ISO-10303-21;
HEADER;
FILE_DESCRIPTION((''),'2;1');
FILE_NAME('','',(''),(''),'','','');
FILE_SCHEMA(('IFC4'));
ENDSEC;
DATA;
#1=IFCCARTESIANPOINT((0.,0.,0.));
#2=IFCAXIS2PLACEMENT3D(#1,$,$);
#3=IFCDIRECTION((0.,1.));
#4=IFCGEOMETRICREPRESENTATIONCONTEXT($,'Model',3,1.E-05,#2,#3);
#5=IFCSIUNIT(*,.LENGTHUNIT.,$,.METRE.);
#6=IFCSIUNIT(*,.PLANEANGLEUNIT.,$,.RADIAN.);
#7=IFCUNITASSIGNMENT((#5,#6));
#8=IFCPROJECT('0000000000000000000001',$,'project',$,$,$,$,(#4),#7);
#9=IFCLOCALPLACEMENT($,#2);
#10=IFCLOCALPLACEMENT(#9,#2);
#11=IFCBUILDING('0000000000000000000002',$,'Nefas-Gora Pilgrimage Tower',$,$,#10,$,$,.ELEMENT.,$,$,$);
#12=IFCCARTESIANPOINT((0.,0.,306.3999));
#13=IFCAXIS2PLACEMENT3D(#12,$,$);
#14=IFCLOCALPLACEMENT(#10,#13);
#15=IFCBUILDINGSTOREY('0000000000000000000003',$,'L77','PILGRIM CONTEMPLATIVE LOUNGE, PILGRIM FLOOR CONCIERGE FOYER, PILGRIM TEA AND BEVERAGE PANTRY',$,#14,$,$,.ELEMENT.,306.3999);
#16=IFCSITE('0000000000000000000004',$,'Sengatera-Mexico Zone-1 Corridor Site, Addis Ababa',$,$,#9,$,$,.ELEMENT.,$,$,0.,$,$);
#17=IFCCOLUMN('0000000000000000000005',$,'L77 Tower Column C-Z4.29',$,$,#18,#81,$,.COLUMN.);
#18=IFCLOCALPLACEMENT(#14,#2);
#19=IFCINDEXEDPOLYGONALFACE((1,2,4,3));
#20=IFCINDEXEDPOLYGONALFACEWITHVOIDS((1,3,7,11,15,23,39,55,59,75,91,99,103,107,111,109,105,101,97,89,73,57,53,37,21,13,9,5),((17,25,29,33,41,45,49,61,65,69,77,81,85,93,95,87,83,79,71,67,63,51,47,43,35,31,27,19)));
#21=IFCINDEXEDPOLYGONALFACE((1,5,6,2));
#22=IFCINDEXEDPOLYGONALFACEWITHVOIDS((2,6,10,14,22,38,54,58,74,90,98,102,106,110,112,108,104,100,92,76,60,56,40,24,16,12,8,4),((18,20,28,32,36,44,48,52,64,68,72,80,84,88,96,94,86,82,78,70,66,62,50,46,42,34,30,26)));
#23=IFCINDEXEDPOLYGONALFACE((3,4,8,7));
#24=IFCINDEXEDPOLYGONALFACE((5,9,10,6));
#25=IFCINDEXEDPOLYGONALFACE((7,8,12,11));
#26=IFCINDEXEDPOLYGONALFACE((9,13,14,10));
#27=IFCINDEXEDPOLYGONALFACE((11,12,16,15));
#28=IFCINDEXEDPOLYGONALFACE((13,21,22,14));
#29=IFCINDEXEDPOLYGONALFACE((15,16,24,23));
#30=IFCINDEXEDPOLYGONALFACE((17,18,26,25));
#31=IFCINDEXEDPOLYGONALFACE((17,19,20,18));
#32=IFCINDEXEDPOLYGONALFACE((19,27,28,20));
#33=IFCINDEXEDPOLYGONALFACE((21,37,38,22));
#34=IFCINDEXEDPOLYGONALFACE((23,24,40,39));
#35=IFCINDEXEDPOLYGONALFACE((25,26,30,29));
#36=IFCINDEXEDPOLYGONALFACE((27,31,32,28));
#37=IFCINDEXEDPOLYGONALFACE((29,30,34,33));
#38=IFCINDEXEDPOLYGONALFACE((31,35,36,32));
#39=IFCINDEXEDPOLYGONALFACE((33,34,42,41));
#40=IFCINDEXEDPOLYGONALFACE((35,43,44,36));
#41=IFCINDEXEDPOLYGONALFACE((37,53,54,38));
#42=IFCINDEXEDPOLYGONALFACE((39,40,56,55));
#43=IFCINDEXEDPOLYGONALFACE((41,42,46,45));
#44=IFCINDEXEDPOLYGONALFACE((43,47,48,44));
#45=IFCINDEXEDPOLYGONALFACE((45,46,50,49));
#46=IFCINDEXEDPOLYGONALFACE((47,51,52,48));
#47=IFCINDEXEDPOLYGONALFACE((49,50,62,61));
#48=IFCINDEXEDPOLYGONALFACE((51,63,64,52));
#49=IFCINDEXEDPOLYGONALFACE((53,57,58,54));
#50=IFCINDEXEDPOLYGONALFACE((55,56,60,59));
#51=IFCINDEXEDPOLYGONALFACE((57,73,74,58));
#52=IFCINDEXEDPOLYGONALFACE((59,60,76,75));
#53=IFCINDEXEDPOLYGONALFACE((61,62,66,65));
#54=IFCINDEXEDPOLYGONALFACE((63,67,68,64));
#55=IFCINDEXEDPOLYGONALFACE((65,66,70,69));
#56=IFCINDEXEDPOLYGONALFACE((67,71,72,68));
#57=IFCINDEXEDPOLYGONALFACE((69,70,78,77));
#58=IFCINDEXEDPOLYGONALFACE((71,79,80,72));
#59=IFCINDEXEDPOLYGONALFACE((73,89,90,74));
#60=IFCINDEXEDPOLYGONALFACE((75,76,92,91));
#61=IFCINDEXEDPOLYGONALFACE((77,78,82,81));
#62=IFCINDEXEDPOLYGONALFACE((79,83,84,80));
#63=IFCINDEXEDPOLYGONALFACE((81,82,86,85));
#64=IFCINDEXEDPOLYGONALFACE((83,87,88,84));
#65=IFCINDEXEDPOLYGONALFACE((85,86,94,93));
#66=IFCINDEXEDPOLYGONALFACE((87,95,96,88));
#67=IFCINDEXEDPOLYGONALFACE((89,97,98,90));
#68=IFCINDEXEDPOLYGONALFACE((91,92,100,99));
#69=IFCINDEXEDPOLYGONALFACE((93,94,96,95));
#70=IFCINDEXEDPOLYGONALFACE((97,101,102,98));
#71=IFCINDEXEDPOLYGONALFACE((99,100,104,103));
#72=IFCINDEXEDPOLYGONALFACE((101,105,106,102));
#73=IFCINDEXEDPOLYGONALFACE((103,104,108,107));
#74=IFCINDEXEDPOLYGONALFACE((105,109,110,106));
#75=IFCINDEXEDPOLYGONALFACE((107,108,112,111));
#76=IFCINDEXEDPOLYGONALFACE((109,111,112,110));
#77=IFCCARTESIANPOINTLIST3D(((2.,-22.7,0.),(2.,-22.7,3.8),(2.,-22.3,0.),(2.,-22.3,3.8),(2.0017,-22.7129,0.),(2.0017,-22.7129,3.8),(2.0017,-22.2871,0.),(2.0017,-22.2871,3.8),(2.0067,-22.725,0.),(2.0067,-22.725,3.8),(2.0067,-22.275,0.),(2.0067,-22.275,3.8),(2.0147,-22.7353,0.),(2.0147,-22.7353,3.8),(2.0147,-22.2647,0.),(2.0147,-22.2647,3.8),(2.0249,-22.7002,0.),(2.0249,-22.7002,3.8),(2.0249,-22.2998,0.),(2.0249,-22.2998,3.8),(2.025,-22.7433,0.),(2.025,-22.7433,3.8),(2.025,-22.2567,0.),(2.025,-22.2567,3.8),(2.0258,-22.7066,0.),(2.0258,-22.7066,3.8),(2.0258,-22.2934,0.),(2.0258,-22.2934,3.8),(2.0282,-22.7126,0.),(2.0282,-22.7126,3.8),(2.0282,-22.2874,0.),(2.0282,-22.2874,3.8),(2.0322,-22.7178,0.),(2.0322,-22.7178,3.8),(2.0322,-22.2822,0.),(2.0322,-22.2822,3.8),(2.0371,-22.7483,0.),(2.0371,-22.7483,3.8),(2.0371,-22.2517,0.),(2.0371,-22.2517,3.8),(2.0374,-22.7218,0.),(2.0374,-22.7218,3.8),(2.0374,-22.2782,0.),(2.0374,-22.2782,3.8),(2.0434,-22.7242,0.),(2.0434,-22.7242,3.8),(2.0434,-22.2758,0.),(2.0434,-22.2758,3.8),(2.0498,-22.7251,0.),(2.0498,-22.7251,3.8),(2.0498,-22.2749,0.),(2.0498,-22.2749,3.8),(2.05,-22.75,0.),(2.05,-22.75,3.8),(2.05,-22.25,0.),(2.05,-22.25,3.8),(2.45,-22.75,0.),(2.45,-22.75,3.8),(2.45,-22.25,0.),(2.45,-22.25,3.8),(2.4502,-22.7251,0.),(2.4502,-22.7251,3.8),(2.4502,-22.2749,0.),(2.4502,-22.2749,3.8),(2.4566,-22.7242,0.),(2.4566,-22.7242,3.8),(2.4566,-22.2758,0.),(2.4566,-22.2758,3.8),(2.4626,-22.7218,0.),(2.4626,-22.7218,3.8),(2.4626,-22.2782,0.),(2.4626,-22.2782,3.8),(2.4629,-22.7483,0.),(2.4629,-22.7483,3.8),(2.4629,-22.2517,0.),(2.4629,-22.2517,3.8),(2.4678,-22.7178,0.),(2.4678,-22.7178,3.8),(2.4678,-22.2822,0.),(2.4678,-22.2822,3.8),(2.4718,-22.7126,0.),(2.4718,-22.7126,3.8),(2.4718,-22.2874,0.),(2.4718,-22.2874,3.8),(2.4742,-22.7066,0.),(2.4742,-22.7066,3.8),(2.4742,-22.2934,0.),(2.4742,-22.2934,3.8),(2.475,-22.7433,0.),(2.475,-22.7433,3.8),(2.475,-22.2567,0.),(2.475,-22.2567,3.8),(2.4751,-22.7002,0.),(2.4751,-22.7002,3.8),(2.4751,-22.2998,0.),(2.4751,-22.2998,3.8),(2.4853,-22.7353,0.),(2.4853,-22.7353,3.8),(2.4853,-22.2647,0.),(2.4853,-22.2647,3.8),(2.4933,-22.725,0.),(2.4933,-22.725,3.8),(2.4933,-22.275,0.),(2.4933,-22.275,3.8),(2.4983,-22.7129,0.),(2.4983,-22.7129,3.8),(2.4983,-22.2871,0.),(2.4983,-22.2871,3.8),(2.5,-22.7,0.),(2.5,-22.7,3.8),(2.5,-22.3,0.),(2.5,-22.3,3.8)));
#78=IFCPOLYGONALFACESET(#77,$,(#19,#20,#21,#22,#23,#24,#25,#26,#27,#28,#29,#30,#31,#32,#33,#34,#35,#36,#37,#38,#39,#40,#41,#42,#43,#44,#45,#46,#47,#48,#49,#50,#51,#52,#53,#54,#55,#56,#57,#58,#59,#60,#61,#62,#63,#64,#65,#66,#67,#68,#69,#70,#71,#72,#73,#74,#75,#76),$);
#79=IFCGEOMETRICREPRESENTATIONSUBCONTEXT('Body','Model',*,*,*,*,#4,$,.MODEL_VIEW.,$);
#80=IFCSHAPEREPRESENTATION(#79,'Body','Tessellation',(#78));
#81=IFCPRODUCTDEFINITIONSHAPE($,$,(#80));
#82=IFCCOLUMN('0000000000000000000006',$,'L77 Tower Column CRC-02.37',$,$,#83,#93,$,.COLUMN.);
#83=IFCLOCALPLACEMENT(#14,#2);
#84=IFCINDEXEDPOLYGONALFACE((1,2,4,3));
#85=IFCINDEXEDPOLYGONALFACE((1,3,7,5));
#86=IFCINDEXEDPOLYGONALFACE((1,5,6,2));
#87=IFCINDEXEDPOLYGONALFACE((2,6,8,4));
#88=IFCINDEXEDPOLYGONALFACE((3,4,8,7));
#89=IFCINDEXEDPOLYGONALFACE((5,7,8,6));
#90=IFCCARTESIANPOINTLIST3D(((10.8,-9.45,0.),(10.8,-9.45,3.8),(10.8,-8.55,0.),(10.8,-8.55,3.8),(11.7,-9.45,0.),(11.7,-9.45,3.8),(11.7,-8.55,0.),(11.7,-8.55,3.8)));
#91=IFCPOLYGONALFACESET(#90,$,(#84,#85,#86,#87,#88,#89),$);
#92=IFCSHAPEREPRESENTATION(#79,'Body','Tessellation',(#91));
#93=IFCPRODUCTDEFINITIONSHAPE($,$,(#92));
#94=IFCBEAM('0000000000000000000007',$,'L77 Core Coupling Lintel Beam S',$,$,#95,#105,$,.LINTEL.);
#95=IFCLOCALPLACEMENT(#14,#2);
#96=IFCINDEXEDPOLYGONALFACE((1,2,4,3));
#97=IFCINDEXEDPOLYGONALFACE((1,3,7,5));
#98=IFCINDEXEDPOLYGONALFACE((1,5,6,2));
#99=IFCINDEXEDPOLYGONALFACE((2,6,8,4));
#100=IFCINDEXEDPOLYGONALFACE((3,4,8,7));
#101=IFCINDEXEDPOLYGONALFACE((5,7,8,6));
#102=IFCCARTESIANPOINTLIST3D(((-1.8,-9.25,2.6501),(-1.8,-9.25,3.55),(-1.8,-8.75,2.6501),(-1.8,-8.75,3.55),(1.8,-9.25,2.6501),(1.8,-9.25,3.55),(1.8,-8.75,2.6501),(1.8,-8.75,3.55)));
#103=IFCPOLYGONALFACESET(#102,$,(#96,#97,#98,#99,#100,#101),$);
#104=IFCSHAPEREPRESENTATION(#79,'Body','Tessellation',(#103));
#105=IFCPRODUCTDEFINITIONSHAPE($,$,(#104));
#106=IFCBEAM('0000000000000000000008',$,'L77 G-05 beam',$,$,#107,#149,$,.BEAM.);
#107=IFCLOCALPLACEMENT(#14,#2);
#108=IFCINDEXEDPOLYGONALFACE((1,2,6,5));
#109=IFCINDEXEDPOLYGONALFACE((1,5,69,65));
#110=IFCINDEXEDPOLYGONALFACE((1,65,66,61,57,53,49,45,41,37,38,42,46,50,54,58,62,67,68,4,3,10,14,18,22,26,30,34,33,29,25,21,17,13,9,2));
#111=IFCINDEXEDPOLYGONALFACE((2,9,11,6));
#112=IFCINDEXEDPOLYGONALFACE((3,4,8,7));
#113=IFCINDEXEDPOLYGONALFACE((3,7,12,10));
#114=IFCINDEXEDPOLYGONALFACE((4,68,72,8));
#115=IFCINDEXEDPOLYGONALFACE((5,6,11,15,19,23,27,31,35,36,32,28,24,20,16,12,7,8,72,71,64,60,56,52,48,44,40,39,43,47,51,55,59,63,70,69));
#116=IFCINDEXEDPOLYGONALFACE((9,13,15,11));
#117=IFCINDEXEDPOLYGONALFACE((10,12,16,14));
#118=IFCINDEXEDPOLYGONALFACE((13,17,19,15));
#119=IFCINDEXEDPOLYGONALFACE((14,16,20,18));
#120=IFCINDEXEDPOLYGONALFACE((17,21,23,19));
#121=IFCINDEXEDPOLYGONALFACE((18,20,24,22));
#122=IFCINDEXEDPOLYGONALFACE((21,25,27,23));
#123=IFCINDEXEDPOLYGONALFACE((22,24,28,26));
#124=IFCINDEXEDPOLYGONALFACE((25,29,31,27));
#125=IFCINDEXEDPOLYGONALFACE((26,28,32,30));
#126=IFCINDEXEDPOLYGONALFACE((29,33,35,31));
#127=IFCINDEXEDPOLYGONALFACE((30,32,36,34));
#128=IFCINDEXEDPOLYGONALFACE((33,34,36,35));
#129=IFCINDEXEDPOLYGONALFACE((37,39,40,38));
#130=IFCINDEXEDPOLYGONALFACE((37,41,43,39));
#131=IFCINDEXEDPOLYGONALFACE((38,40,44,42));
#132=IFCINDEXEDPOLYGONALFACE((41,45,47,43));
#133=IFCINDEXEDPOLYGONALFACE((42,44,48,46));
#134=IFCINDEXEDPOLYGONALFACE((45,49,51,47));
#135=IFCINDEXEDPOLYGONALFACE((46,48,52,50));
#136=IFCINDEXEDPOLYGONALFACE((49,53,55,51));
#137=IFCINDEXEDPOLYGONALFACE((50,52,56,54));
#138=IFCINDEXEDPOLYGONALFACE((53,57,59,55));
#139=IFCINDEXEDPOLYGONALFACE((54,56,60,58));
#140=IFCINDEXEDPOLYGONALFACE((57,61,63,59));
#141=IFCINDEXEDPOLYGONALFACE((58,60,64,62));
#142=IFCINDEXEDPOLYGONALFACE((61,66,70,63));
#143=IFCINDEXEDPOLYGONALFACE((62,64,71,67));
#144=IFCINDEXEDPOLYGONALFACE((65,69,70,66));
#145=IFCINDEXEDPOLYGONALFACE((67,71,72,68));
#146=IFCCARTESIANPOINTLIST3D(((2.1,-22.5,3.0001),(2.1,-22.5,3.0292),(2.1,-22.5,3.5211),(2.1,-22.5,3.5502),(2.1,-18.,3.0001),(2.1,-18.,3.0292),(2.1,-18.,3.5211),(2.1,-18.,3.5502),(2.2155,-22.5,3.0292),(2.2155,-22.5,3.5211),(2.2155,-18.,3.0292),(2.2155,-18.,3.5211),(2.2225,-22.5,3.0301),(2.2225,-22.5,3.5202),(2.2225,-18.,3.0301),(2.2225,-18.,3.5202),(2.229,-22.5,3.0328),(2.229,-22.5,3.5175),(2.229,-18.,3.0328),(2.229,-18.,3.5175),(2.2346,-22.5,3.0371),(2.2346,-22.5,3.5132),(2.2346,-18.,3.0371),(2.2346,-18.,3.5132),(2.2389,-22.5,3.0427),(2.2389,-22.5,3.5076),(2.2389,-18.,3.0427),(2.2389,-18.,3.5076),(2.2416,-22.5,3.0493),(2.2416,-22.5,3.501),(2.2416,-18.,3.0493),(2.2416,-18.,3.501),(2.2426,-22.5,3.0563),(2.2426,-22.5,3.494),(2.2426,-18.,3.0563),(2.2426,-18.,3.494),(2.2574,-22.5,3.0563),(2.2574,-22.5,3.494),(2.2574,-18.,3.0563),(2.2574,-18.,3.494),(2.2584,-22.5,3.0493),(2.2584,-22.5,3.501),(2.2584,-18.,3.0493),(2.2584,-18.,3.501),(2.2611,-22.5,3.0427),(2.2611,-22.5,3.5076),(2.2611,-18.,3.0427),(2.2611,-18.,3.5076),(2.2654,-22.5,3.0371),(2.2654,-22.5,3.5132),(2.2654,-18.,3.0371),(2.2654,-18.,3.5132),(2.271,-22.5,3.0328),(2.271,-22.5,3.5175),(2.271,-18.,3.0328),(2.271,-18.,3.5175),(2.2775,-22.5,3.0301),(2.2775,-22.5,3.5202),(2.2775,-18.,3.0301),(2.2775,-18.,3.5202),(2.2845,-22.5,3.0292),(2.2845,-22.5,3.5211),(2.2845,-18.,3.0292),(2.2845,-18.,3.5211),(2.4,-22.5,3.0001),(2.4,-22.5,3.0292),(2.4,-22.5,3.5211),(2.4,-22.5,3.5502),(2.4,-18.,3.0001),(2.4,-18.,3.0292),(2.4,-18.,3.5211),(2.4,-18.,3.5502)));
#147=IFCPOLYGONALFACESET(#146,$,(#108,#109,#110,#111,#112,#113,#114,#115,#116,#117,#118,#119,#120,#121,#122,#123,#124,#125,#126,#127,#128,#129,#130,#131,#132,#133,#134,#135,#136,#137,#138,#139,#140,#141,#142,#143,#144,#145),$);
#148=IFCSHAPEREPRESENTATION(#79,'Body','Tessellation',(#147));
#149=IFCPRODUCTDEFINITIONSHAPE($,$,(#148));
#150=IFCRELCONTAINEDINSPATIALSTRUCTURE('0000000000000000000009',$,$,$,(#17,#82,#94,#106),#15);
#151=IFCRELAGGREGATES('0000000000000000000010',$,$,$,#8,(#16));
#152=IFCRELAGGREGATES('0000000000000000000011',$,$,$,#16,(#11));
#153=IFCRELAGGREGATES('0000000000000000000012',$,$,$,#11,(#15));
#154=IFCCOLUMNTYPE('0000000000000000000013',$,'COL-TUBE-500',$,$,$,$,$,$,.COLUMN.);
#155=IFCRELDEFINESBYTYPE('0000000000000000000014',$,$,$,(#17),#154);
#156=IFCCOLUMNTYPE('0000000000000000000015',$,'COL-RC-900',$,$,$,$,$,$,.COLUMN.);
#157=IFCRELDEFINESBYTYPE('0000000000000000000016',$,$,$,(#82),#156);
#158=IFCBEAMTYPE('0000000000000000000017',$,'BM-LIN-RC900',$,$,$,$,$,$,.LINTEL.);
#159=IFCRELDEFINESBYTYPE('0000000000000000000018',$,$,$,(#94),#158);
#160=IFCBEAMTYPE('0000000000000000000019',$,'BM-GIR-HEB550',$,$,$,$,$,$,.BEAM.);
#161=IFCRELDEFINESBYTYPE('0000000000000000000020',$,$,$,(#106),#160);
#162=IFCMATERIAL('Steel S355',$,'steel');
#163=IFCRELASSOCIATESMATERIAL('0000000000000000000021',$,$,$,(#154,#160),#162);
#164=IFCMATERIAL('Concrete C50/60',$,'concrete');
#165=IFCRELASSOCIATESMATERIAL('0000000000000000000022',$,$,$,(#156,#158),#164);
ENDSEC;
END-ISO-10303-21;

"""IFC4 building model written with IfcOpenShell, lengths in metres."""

from ifc_helpers import new_model, si_unit, direction, frame, origin, origin_2d, place, context, subcontext, project, spatial, rectangle, hollow_rectangle, i_section, extrude, source, transform, mapped, material, material_profile, profile_set, type_object, element, save


model = new_model("IFC4")

# Units and contexts
model_context = context("Model", 3, precision=1e-05, world=origin(), true_north=direction((0.0, 1.0)))
body_context = subcontext(model_context, "Body", "Model", "MODEL_VIEW")
ifc_project = project(units=[si_unit("LENGTHUNIT", "METRE"), si_unit("PLANEANGLEUNIT", "RADIAN")], contexts=[model_context])

# Site, building, storey
site_placement = place(None, origin())
site = spatial("IfcSite", under=ifc_project, at=site_placement, Name="Sengatera-Mexico Zone-1 Corridor Site, Addis Ababa", CompositionType="ELEMENT", RefElevation=0.0)
building_placement = place(site_placement, origin())
building = spatial("IfcBuilding", under=site, at=building_placement, Name="Nefas-Gora Pilgrimage Tower", CompositionType="ELEMENT")
storey_placement = place(building_placement, frame((0.0, 0.0, 306.3999)))
storey = spatial("IfcBuildingStorey", under=building, at=storey_placement, Name="L77", Description="PILGRIM CONTEMPLATIVE LOUNGE, PILGRIM FLOOR CONCIERGE FOYER, PILGRIM TEA AND BEVERAGE PANTRY", CompositionType="ELEMENT", Elevation=306.3999)

# Columns
ifc_material_1 = material(Name="Steel S355", Category="steel")
ifc_material_profile_1 = material_profile(ifc_material_1, hollow_rectangle(XDim=0.5, YDim=0.5, WallThickness=0.0249, InnerFilletRadius=0.0249, OuterFilletRadius=0.05, at=origin_2d()), Name="SHS 500x500x25")
ifc_profile_set_1 = profile_set([ifc_material_profile_1], Name="Steel S355")
column_type_1 = type_object("IfcColumnType", Name="COL-TUBE-500", PredefinedType="COLUMN", material=ifc_profile_set_1)
shared_shape_1 = source(origin(), body_context, "Body", "SweptSolid", [
    extrude(hollow_rectangle(XDim=0.5, YDim=0.5, WallThickness=0.0249, InnerFilletRadius=0.0249, OuterFilletRadius=0.05, at=origin_2d()), origin(), (0.0, 0.0, 1.0), 3.8),
])
column_1_placement = place(storey_placement, frame((2.25, -22.5, 0.0), z_axis=(0.0, 0.0, 1.0), x_axis=(1.0, 0.0, 0.0)))
element("IfcColumn", 1, at=column_1_placement, inside=storey, type_object=column_type_1, Name="L77 Tower Column C-Z4.29", PredefinedType="COLUMN", context=body_context, shape_type="MappedRepresentation", body=[
    mapped(shared_shape_1, transform((0.0, 0.0, 0.0), x_axis=(1.0, 0.0, 0.0), y_axis=(0.0, 1.0, 0.0), z_axis=(0.0, 0.0, 1.0), scale=1.0)),
])
ifc_material_2 = material(Name="Concrete C50/60", Category="concrete")
ifc_material_profile_2 = material_profile(ifc_material_2, rectangle(XDim=0.8999, YDim=0.8999, at=origin_2d()), Name="RC 900x900")
ifc_profile_set_2 = profile_set([ifc_material_profile_2], Name="Concrete C50/60")
column_type_2 = type_object("IfcColumnType", Name="COL-RC-900", PredefinedType="COLUMN", material=ifc_profile_set_2)
shared_shape_2 = source(origin(), body_context, "Body", "SweptSolid", [
    extrude(rectangle(XDim=0.8999, YDim=0.8999, at=origin_2d()), origin(), (0.0, 0.0, 1.0), 3.8),
])
column_2_placement = place(storey_placement, frame((11.25, -9.0, 0.0), z_axis=(0.0, 0.0, 1.0), x_axis=(1.0, 0.0, 0.0)))
element("IfcColumn", 2, at=column_2_placement, inside=storey, type_object=column_type_2, Name="L77 Tower Column CRC-02.37", PredefinedType="COLUMN", context=body_context, shape_type="MappedRepresentation", body=[
    mapped(shared_shape_2, transform((0.0, 0.0, 0.0), x_axis=(1.0, 0.0, 0.0), y_axis=(0.0, 1.0, 0.0), z_axis=(0.0, 0.0, 1.0), scale=1.0)),
])

# Beams
ifc_material_profile_3 = material_profile(ifc_material_2, rectangle(XDim=0.5, YDim=0.8999, at=origin_2d()), Name="RC 500x900")
ifc_profile_set_3 = profile_set([ifc_material_profile_3], Name="Concrete C50/60")
beam_type_1 = type_object("IfcBeamType", Name="BM-LIN-RC900", PredefinedType="LINTEL", material=ifc_profile_set_3)
shared_shape_3 = source(origin(), body_context, "Body", "SweptSolid", [
    extrude(rectangle(XDim=0.5, YDim=0.8999, at=origin_2d()), origin(), (0.0, 0.0, 1.0), 3.6001),
])
beam_placement = place(storey_placement, frame((-1.8, -9.0, 3.1001), z_axis=(1.0, 0.0, 0.0), x_axis=(0.0, 1.0, 0.0)))
element("IfcBeam", 3, at=beam_placement, inside=storey, type_object=beam_type_1, Name="L77 Core Coupling Lintel Beam S", PredefinedType="LINTEL", context=body_context, shape_type="MappedRepresentation", body=[
    mapped(shared_shape_3, transform((0.0, 0.0, 0.0), x_axis=(1.0, 0.0, 0.0), y_axis=(0.0, 1.0, 0.0), z_axis=(0.0, 0.0, 1.0), scale=1.0)),
])
ifc_material_profile_4 = material_profile(ifc_material_1, i_section(OverallWidth=0.3, OverallDepth=0.55, WebThickness=0.0149, FlangeThickness=0.0291, FilletRadius=0.0271, at=origin_2d()), Name="HEB 550")
ifc_profile_set_4 = profile_set([ifc_material_profile_4], Name="Steel S355")
beam_type_2 = type_object("IfcBeamType", Name="BM-GIR-HEB550", PredefinedType="BEAM", material=ifc_profile_set_4)
shared_shape_4 = source(origin(), body_context, "Body", "SweptSolid", [
    extrude(i_section(OverallWidth=0.3, OverallDepth=0.55, WebThickness=0.0149, FlangeThickness=0.0291, FilletRadius=0.0271, at=origin_2d()), origin(), (0.0, 0.0, 1.0), 4.5),
])
for number, where, z_axis, x_axis, name in (
    (4, (2.25, -22.5, 3.2751), (0.0, 1.0, 0.0), (-1.0, 0.0, 0.0), "L77 G-05 beam"),
):
    element("IfcBeam", number, at=place(storey_placement, frame(where, z_axis=z_axis, x_axis=x_axis)), inside=storey, type_object=beam_type_2, Name=name, PredefinedType="BEAM", context=body_context, shape_type="MappedRepresentation", body=[
        mapped(shared_shape_4, transform((0.0, 0.0, 0.0), x_axis=(1.0, 0.0, 0.0), y_axis=(0.0, 1.0, 0.0), z_axis=(0.0, 0.0, 1.0), scale=1.0)),
    ])

save(model, "model.ifc")
